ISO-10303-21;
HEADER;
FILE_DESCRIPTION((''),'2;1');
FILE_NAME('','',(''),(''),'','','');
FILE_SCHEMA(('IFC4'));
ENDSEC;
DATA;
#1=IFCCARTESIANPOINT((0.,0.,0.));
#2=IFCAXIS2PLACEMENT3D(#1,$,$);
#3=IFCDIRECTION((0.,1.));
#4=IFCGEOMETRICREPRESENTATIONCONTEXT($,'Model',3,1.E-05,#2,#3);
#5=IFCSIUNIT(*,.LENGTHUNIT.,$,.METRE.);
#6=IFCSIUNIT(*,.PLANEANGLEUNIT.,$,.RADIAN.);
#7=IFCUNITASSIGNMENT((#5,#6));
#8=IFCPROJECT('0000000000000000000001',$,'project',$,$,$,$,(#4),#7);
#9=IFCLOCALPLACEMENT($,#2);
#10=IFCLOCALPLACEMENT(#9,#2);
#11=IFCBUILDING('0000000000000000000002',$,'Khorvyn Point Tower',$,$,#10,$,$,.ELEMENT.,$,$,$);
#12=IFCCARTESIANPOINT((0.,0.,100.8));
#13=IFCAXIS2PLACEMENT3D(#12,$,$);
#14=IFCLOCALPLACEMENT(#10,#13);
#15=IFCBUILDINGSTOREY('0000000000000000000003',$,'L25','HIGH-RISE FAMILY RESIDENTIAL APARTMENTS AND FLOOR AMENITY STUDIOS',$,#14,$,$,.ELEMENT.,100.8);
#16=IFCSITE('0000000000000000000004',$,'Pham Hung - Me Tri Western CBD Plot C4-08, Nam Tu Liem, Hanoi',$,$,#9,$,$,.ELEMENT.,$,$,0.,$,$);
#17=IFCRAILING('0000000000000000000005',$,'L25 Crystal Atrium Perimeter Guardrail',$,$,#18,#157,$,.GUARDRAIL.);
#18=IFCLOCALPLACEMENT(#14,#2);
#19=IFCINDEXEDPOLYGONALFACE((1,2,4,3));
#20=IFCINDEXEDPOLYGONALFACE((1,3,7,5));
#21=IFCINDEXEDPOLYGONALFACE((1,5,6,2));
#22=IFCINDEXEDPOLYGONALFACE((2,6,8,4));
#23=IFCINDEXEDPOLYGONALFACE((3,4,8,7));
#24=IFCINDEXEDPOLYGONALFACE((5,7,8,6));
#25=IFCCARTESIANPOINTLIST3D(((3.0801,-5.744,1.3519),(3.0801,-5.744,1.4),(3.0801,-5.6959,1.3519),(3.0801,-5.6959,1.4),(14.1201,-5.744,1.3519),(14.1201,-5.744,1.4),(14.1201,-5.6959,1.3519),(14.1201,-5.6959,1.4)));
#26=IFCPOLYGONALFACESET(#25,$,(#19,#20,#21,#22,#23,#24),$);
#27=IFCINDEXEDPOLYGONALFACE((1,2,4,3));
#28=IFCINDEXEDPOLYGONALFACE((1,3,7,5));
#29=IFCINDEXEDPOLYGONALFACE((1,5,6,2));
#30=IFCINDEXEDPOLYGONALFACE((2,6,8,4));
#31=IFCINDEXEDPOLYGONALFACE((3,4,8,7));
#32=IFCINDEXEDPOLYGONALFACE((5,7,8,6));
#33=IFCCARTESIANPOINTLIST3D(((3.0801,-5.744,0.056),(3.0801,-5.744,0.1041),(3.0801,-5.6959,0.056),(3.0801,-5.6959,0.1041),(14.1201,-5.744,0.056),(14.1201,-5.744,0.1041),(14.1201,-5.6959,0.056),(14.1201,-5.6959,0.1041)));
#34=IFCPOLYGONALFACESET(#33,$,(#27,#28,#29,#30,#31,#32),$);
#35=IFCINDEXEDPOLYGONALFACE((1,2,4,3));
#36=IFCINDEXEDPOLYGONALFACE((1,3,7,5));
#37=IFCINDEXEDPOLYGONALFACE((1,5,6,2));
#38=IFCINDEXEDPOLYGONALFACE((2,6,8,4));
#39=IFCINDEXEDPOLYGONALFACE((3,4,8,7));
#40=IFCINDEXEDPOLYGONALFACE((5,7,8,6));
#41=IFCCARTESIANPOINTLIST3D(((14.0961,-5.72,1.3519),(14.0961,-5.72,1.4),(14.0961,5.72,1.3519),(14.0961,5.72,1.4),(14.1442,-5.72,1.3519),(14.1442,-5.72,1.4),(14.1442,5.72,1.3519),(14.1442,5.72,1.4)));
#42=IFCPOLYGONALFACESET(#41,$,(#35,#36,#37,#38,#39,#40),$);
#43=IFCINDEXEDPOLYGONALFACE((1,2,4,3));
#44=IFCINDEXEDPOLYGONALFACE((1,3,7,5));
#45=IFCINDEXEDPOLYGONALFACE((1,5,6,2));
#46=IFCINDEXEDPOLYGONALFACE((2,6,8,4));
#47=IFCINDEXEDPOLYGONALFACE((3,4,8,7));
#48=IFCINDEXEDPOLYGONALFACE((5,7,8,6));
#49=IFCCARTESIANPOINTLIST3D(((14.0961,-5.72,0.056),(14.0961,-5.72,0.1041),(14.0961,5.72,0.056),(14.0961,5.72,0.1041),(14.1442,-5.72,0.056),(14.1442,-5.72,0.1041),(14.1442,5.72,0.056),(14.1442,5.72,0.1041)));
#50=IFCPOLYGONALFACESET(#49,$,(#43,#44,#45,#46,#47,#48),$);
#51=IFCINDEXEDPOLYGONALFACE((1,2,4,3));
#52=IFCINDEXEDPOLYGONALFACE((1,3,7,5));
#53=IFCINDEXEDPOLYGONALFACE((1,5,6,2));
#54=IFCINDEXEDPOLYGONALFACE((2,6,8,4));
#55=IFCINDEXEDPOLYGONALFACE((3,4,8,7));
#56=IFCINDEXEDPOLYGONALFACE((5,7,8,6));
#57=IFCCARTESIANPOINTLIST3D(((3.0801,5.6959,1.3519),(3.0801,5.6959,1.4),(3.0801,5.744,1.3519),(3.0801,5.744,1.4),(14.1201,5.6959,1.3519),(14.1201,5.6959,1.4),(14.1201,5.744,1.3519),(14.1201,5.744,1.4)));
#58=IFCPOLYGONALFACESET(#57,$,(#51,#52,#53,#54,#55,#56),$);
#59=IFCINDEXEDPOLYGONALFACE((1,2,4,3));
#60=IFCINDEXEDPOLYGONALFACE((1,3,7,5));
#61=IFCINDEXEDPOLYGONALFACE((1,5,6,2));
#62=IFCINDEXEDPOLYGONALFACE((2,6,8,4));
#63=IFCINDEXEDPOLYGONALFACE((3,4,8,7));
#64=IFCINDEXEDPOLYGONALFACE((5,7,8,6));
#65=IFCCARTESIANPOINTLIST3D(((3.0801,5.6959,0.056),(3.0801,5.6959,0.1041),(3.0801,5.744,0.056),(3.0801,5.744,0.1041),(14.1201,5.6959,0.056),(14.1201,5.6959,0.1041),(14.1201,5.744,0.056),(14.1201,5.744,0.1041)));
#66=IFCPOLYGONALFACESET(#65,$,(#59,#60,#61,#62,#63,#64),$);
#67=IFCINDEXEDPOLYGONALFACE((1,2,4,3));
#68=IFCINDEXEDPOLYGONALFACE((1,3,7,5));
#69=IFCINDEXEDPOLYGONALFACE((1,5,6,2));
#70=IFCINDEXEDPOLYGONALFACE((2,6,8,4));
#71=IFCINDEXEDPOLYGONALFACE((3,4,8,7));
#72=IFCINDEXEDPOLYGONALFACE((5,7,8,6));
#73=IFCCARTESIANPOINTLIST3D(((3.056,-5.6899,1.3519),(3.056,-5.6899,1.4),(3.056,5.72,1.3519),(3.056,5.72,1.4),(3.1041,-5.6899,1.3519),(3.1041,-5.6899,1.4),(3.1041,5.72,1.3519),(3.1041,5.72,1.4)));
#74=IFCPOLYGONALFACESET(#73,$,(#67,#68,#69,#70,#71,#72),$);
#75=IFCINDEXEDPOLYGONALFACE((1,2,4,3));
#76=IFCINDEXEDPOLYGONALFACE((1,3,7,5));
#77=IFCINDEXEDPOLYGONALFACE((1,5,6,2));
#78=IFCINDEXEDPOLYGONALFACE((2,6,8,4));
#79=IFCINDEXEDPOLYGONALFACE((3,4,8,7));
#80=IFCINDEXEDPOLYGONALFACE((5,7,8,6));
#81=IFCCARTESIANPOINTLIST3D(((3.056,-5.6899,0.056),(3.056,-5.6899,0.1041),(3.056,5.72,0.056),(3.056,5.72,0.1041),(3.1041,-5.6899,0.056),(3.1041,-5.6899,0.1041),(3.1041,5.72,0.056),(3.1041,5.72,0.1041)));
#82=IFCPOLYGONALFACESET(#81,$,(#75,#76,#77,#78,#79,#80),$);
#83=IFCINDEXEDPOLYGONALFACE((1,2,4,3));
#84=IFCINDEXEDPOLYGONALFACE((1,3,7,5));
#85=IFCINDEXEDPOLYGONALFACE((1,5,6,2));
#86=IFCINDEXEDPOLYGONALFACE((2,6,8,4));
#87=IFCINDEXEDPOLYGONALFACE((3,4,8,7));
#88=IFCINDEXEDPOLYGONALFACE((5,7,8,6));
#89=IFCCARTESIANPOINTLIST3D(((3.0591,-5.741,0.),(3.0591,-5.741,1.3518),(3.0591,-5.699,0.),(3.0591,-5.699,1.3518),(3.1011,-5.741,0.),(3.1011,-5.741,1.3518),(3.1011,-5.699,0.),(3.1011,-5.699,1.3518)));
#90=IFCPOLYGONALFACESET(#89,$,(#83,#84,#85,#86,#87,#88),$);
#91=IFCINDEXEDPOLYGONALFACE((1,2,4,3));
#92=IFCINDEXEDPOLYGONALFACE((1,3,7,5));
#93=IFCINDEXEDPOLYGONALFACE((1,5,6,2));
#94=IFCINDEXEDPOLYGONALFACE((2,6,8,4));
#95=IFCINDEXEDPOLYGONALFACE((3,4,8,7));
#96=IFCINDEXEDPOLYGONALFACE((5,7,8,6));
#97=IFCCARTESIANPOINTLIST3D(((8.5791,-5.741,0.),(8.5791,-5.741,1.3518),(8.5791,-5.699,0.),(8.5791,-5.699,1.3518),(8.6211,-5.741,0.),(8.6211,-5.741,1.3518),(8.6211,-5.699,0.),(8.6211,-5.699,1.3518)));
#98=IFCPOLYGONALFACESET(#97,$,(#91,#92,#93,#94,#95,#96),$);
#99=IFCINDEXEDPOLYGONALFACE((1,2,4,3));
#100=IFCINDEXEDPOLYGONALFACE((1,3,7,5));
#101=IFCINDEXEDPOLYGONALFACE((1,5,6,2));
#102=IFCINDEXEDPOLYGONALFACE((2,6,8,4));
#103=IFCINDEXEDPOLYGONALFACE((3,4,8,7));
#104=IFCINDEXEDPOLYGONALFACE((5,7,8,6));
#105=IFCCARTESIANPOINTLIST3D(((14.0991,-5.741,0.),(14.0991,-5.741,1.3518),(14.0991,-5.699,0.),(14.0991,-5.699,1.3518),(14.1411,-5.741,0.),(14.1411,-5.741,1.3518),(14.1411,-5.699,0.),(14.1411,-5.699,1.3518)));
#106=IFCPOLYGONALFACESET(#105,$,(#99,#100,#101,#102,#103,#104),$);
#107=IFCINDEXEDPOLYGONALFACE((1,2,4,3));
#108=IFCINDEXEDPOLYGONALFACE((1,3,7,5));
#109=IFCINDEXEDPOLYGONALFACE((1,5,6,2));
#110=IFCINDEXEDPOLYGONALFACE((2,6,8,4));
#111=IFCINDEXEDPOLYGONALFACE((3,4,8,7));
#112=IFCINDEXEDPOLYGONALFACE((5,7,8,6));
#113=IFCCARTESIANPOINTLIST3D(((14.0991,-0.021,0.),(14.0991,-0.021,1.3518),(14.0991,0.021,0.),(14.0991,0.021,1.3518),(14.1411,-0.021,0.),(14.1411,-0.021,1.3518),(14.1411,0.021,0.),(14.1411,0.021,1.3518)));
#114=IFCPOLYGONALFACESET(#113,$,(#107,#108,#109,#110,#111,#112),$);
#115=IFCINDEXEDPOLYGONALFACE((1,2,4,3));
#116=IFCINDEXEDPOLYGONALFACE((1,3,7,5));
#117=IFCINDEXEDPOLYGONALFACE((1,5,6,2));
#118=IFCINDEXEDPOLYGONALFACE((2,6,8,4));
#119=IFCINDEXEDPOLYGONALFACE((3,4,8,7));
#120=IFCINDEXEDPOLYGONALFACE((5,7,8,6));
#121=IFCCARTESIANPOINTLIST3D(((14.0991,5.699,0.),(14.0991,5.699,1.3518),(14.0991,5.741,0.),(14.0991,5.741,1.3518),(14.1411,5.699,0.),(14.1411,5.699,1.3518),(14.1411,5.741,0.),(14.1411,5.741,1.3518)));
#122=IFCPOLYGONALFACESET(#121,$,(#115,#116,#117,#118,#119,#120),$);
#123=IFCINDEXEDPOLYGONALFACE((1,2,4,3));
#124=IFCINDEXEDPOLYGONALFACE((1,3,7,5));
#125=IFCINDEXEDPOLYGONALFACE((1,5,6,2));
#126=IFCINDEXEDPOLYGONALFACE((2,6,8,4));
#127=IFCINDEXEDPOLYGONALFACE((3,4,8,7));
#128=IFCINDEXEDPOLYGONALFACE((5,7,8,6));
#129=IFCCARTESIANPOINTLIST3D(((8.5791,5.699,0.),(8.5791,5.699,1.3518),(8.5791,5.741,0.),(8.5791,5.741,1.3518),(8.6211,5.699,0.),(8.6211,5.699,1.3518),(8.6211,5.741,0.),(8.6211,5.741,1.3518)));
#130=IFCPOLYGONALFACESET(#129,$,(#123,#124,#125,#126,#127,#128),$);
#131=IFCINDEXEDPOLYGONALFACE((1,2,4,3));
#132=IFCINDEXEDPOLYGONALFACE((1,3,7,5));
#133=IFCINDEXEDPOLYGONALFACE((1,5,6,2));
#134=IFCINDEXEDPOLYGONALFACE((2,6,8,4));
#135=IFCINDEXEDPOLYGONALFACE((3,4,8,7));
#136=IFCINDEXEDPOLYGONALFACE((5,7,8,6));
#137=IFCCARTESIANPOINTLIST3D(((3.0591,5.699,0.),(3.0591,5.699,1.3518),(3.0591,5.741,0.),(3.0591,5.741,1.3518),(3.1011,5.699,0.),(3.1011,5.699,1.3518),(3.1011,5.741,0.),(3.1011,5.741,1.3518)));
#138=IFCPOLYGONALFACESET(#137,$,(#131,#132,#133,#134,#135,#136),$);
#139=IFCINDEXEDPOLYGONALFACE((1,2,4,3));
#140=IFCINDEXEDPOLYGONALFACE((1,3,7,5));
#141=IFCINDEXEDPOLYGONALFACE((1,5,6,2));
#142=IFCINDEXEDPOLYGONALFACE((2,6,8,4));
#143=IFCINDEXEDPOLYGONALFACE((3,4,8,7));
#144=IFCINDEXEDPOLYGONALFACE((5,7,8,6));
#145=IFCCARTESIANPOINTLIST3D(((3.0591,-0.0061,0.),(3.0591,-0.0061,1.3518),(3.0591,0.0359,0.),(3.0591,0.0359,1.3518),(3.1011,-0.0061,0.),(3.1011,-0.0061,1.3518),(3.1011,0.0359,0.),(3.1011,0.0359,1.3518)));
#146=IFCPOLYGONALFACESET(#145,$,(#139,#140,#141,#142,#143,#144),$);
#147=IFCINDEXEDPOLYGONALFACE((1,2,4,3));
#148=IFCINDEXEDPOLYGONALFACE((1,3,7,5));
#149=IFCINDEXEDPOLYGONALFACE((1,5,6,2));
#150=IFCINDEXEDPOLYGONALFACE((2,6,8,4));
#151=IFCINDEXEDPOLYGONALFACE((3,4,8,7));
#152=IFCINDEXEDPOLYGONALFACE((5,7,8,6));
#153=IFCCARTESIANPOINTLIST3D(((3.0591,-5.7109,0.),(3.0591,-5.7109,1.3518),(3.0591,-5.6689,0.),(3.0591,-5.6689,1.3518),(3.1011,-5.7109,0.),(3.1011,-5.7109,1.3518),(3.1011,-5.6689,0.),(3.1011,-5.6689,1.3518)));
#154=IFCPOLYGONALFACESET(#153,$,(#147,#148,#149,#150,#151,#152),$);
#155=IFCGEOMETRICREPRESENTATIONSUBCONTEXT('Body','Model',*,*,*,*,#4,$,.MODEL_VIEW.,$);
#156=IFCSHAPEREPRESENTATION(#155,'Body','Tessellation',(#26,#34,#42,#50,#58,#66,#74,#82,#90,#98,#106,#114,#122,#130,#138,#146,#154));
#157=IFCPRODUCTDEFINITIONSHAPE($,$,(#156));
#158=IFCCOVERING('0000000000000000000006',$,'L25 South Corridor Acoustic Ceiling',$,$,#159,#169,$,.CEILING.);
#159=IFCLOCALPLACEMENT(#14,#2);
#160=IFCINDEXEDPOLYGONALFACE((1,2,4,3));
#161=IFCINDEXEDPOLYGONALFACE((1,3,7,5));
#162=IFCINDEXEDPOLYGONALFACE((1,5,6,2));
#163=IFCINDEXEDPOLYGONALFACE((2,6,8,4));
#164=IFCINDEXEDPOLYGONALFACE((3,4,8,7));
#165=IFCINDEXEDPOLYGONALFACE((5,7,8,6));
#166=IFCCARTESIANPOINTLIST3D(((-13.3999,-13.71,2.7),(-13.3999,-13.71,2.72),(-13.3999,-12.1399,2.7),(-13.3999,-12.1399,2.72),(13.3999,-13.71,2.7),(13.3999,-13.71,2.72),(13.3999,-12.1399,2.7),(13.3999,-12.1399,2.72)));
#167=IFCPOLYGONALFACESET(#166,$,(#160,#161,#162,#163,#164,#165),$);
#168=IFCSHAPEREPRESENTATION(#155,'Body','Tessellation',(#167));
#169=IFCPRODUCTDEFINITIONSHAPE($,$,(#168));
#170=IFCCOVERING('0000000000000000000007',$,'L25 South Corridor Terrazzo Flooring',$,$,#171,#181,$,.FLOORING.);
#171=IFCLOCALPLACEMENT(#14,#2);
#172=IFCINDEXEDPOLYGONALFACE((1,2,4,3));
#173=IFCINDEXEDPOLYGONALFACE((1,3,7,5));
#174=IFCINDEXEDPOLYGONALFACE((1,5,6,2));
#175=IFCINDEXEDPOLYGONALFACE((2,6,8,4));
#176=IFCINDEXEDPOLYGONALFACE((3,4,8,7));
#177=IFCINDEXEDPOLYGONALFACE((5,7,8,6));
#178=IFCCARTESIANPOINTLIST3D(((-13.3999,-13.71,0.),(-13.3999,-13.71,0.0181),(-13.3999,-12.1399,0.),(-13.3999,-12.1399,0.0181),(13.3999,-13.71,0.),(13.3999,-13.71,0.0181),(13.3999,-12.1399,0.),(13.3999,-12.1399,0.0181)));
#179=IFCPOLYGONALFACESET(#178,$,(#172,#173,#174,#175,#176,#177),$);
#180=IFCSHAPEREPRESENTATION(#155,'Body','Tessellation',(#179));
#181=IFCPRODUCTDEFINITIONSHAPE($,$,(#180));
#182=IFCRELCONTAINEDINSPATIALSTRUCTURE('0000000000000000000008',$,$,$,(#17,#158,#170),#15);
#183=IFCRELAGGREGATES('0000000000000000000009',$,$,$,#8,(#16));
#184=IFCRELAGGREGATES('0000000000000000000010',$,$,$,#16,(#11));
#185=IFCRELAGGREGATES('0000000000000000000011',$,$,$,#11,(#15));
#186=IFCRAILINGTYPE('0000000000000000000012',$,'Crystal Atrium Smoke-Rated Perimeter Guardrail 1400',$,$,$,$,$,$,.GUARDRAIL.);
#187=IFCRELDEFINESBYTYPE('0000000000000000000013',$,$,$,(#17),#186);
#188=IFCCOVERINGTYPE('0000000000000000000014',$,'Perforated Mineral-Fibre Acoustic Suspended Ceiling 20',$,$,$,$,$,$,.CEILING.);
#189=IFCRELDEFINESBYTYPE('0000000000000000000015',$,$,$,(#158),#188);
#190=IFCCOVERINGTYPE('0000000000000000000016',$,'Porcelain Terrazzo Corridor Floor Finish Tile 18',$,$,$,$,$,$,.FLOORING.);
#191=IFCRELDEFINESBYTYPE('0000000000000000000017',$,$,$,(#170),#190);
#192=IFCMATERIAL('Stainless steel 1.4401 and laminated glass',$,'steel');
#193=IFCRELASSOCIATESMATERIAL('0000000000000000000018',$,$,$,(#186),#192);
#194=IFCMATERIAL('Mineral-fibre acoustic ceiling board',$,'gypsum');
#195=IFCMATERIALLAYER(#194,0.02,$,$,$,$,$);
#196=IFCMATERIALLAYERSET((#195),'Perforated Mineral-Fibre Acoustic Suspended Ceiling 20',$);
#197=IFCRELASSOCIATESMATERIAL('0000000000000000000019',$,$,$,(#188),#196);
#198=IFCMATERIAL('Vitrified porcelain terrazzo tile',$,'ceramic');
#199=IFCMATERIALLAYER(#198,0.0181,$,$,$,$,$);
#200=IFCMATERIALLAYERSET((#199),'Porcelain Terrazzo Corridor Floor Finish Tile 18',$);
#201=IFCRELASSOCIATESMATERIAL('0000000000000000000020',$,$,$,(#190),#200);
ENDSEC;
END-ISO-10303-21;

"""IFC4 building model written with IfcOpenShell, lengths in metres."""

from ifc_helpers import new_model, si_unit, direction, frame, origin, origin_2d, place, context, subcontext, project, spatial, polyline, rectangle, outline, extrude, material, layer, layer_set, type_object, element, save


model = new_model("IFC4")

# Units and contexts
model_context = context("Model", 3, precision=1e-05, world=origin(), true_north=direction((0.0, 1.0)))
body_context = subcontext(model_context, "Body", "Model", "MODEL_VIEW")
ifc_project = project(units=[si_unit("LENGTHUNIT", "METRE"), si_unit("PLANEANGLEUNIT", "RADIAN")], contexts=[model_context])

# Site, building, storey
site_placement = place(None, origin())
site = spatial("IfcSite", under=ifc_project, at=site_placement, Name="Pham Hung - Me Tri Western CBD Plot C4-08, Nam Tu Liem, Hanoi", CompositionType="ELEMENT", RefElevation=0.0)
building_placement = place(site_placement, origin())
building = spatial("IfcBuilding", under=site, at=building_placement, Name="Khorvyn Point Tower", CompositionType="ELEMENT")
storey_placement = place(building_placement, frame((0.0, 0.0, 100.8)))
storey = spatial("IfcBuildingStorey", under=building, at=storey_placement, Name="L25", Description="HIGH-RISE FAMILY RESIDENTIAL APARTMENTS AND FLOOR AMENITY STUDIOS", CompositionType="ELEMENT", Elevation=100.8)

# Railing
ifc_material_1 = material(Name="Stainless steel 1.4401 and laminated glass", Category="steel")
railing_type_1 = type_object("IfcRailingType", Name="Crystal Atrium Smoke-Rated Perimeter Guardrail 1400", PredefinedType="GUARDRAIL", material=ifc_material_1)
railing_1_placement = place(storey_placement, frame((3.0801, -5.72, 0.0)))
element("IfcRailing", 1, at=railing_1_placement, inside=storey, type_object=railing_type_1, Name="L25 Crystal Atrium Perimeter Guardrail", PredefinedType="GUARDRAIL", context=body_context, shape_type="SweptSolid", body=[
    extrude(rectangle(XDim=0.0481, YDim=0.0481, at=origin_2d()), frame((0.0, 0.0, 1.376), z_axis=(1.0, 0.0, 0.0), x_axis=(0.0, 1.0, 0.0)), (0.0, 0.0, 1.0), 11.04),
    extrude(rectangle(XDim=0.0481, YDim=0.0481, at=origin_2d()), frame((0.0, 0.0, 0.0801), z_axis=(1.0, 0.0, 0.0), x_axis=(0.0, 1.0, 0.0)), (0.0, 0.0, 1.0), 11.04),
    extrude(rectangle(XDim=0.0481, YDim=0.0481, at=origin_2d()), frame((11.04, 0.0, 1.376), z_axis=(0.0, 1.0, 0.0), x_axis=(-1.0, 0.0, 0.0)), (0.0, 0.0, 1.0), 11.4399),
    extrude(rectangle(XDim=0.0481, YDim=0.0481, at=origin_2d()), frame((11.04, 0.0, 0.0801), z_axis=(0.0, 1.0, 0.0), x_axis=(-1.0, 0.0, 0.0)), (0.0, 0.0, 1.0), 11.4399),
    extrude(rectangle(XDim=0.0481, YDim=0.0481, at=origin_2d()), frame((11.04, 11.4399, 1.376), z_axis=(-1.0, 0.0, 0.0), x_axis=(0.0, -1.0, 0.0)), (0.0, 0.0, 1.0), 11.04),
    extrude(rectangle(XDim=0.0481, YDim=0.0481, at=origin_2d()), frame((11.04, 11.4399, 0.0801), z_axis=(-1.0, 0.0, 0.0), x_axis=(0.0, -1.0, 0.0)), (0.0, 0.0, 1.0), 11.04),
    extrude(rectangle(XDim=0.0481, YDim=0.0481, at=origin_2d()), frame((0.0, 11.4399, 1.376), z_axis=(0.0, -1.0, 0.0), x_axis=(1.0, 0.0, 0.0)), (0.0, 0.0, 1.0), 11.4099),
    extrude(rectangle(XDim=0.0481, YDim=0.0481, at=origin_2d()), frame((0.0, 11.4399, 0.0801), z_axis=(0.0, -1.0, 0.0), x_axis=(1.0, 0.0, 0.0)), (0.0, 0.0, 1.0), 11.4099),
    extrude(rectangle(XDim=0.042, YDim=0.042, at=origin_2d()), origin(), (0.0, 0.0, 1.0), 1.3518),
    extrude(rectangle(XDim=0.042, YDim=0.042, at=origin_2d()), frame((5.52, 0.0, 0.0)), (0.0, 0.0, 1.0), 1.3518),
    extrude(rectangle(XDim=0.042, YDim=0.042, at=origin_2d()), frame((11.04, 0.0, 0.0)), (0.0, 0.0, 1.0), 1.3518),
    extrude(rectangle(XDim=0.042, YDim=0.042, at=origin_2d()), frame((11.04, 5.72, 0.0)), (0.0, 0.0, 1.0), 1.3518),
    extrude(rectangle(XDim=0.042, YDim=0.042, at=origin_2d()), frame((11.04, 11.4399, 0.0)), (0.0, 0.0, 1.0), 1.3518),
    extrude(rectangle(XDim=0.042, YDim=0.042, at=origin_2d()), frame((5.52, 11.4399, 0.0)), (0.0, 0.0, 1.0), 1.3518),
    extrude(rectangle(XDim=0.042, YDim=0.042, at=origin_2d()), frame((0.0, 11.4399, 0.0)), (0.0, 0.0, 1.0), 1.3518),
    extrude(rectangle(XDim=0.042, YDim=0.042, at=origin_2d()), frame((0.0, 5.7349, 0.0)), (0.0, 0.0, 1.0), 1.3518),
    extrude(rectangle(XDim=0.042, YDim=0.042, at=origin_2d()), frame((0.0, 0.03, 0.0)), (0.0, 0.0, 1.0), 1.3518),
])

# Coverings
ifc_material_2 = material(Name="Mineral-fibre acoustic ceiling board", Category="gypsum")
ifc_layer_1 = layer(ifc_material_2, 0.02)
ifc_layer_set_1 = layer_set([ifc_layer_1], Name="Perforated Mineral-Fibre Acoustic Suspended Ceiling 20")
covering_type_1 = type_object("IfcCoveringType", Name="Perforated Mineral-Fibre Acoustic Suspended Ceiling 20", PredefinedType="CEILING", material=ifc_layer_set_1)
covering_1_placement = place(storey_placement, frame((0.0, 0.0, 2.7)))
element("IfcCovering", 2, at=covering_1_placement, inside=storey, type_object=covering_type_1, Name="L25 South Corridor Acoustic Ceiling", PredefinedType="CEILING", context=body_context, shape_type="SweptSolid", body=[
    extrude(outline(polyline([(-13.3999, -13.71), (13.3999, -13.71), (13.3999, -12.1399), (-13.3999, -12.1399), (-13.3999, -13.71)])), origin(), (0.0, 0.0, 1.0), 0.02),
])
ifc_material_3 = material(Name="Vitrified porcelain terrazzo tile", Category="ceramic")
ifc_layer_2 = layer(ifc_material_3, 0.0181)
ifc_layer_set_2 = layer_set([ifc_layer_2], Name="Porcelain Terrazzo Corridor Floor Finish Tile 18")
covering_type_2 = type_object("IfcCoveringType", Name="Porcelain Terrazzo Corridor Floor Finish Tile 18", PredefinedType="FLOORING", material=ifc_layer_set_2)
covering_2_placement = place(storey_placement, origin())
element("IfcCovering", 3, at=covering_2_placement, inside=storey, type_object=covering_type_2, Name="L25 South Corridor Terrazzo Flooring", PredefinedType="FLOORING", context=body_context, shape_type="SweptSolid", body=[
    extrude(outline(polyline([(-13.3999, -13.71), (13.3999, -13.71), (13.3999, -12.1399), (-13.3999, -12.1399), (-13.3999, -13.71)])), origin(), (0.0, 0.0, 1.0), 0.0181),
])

save(model, "model.ifc")
